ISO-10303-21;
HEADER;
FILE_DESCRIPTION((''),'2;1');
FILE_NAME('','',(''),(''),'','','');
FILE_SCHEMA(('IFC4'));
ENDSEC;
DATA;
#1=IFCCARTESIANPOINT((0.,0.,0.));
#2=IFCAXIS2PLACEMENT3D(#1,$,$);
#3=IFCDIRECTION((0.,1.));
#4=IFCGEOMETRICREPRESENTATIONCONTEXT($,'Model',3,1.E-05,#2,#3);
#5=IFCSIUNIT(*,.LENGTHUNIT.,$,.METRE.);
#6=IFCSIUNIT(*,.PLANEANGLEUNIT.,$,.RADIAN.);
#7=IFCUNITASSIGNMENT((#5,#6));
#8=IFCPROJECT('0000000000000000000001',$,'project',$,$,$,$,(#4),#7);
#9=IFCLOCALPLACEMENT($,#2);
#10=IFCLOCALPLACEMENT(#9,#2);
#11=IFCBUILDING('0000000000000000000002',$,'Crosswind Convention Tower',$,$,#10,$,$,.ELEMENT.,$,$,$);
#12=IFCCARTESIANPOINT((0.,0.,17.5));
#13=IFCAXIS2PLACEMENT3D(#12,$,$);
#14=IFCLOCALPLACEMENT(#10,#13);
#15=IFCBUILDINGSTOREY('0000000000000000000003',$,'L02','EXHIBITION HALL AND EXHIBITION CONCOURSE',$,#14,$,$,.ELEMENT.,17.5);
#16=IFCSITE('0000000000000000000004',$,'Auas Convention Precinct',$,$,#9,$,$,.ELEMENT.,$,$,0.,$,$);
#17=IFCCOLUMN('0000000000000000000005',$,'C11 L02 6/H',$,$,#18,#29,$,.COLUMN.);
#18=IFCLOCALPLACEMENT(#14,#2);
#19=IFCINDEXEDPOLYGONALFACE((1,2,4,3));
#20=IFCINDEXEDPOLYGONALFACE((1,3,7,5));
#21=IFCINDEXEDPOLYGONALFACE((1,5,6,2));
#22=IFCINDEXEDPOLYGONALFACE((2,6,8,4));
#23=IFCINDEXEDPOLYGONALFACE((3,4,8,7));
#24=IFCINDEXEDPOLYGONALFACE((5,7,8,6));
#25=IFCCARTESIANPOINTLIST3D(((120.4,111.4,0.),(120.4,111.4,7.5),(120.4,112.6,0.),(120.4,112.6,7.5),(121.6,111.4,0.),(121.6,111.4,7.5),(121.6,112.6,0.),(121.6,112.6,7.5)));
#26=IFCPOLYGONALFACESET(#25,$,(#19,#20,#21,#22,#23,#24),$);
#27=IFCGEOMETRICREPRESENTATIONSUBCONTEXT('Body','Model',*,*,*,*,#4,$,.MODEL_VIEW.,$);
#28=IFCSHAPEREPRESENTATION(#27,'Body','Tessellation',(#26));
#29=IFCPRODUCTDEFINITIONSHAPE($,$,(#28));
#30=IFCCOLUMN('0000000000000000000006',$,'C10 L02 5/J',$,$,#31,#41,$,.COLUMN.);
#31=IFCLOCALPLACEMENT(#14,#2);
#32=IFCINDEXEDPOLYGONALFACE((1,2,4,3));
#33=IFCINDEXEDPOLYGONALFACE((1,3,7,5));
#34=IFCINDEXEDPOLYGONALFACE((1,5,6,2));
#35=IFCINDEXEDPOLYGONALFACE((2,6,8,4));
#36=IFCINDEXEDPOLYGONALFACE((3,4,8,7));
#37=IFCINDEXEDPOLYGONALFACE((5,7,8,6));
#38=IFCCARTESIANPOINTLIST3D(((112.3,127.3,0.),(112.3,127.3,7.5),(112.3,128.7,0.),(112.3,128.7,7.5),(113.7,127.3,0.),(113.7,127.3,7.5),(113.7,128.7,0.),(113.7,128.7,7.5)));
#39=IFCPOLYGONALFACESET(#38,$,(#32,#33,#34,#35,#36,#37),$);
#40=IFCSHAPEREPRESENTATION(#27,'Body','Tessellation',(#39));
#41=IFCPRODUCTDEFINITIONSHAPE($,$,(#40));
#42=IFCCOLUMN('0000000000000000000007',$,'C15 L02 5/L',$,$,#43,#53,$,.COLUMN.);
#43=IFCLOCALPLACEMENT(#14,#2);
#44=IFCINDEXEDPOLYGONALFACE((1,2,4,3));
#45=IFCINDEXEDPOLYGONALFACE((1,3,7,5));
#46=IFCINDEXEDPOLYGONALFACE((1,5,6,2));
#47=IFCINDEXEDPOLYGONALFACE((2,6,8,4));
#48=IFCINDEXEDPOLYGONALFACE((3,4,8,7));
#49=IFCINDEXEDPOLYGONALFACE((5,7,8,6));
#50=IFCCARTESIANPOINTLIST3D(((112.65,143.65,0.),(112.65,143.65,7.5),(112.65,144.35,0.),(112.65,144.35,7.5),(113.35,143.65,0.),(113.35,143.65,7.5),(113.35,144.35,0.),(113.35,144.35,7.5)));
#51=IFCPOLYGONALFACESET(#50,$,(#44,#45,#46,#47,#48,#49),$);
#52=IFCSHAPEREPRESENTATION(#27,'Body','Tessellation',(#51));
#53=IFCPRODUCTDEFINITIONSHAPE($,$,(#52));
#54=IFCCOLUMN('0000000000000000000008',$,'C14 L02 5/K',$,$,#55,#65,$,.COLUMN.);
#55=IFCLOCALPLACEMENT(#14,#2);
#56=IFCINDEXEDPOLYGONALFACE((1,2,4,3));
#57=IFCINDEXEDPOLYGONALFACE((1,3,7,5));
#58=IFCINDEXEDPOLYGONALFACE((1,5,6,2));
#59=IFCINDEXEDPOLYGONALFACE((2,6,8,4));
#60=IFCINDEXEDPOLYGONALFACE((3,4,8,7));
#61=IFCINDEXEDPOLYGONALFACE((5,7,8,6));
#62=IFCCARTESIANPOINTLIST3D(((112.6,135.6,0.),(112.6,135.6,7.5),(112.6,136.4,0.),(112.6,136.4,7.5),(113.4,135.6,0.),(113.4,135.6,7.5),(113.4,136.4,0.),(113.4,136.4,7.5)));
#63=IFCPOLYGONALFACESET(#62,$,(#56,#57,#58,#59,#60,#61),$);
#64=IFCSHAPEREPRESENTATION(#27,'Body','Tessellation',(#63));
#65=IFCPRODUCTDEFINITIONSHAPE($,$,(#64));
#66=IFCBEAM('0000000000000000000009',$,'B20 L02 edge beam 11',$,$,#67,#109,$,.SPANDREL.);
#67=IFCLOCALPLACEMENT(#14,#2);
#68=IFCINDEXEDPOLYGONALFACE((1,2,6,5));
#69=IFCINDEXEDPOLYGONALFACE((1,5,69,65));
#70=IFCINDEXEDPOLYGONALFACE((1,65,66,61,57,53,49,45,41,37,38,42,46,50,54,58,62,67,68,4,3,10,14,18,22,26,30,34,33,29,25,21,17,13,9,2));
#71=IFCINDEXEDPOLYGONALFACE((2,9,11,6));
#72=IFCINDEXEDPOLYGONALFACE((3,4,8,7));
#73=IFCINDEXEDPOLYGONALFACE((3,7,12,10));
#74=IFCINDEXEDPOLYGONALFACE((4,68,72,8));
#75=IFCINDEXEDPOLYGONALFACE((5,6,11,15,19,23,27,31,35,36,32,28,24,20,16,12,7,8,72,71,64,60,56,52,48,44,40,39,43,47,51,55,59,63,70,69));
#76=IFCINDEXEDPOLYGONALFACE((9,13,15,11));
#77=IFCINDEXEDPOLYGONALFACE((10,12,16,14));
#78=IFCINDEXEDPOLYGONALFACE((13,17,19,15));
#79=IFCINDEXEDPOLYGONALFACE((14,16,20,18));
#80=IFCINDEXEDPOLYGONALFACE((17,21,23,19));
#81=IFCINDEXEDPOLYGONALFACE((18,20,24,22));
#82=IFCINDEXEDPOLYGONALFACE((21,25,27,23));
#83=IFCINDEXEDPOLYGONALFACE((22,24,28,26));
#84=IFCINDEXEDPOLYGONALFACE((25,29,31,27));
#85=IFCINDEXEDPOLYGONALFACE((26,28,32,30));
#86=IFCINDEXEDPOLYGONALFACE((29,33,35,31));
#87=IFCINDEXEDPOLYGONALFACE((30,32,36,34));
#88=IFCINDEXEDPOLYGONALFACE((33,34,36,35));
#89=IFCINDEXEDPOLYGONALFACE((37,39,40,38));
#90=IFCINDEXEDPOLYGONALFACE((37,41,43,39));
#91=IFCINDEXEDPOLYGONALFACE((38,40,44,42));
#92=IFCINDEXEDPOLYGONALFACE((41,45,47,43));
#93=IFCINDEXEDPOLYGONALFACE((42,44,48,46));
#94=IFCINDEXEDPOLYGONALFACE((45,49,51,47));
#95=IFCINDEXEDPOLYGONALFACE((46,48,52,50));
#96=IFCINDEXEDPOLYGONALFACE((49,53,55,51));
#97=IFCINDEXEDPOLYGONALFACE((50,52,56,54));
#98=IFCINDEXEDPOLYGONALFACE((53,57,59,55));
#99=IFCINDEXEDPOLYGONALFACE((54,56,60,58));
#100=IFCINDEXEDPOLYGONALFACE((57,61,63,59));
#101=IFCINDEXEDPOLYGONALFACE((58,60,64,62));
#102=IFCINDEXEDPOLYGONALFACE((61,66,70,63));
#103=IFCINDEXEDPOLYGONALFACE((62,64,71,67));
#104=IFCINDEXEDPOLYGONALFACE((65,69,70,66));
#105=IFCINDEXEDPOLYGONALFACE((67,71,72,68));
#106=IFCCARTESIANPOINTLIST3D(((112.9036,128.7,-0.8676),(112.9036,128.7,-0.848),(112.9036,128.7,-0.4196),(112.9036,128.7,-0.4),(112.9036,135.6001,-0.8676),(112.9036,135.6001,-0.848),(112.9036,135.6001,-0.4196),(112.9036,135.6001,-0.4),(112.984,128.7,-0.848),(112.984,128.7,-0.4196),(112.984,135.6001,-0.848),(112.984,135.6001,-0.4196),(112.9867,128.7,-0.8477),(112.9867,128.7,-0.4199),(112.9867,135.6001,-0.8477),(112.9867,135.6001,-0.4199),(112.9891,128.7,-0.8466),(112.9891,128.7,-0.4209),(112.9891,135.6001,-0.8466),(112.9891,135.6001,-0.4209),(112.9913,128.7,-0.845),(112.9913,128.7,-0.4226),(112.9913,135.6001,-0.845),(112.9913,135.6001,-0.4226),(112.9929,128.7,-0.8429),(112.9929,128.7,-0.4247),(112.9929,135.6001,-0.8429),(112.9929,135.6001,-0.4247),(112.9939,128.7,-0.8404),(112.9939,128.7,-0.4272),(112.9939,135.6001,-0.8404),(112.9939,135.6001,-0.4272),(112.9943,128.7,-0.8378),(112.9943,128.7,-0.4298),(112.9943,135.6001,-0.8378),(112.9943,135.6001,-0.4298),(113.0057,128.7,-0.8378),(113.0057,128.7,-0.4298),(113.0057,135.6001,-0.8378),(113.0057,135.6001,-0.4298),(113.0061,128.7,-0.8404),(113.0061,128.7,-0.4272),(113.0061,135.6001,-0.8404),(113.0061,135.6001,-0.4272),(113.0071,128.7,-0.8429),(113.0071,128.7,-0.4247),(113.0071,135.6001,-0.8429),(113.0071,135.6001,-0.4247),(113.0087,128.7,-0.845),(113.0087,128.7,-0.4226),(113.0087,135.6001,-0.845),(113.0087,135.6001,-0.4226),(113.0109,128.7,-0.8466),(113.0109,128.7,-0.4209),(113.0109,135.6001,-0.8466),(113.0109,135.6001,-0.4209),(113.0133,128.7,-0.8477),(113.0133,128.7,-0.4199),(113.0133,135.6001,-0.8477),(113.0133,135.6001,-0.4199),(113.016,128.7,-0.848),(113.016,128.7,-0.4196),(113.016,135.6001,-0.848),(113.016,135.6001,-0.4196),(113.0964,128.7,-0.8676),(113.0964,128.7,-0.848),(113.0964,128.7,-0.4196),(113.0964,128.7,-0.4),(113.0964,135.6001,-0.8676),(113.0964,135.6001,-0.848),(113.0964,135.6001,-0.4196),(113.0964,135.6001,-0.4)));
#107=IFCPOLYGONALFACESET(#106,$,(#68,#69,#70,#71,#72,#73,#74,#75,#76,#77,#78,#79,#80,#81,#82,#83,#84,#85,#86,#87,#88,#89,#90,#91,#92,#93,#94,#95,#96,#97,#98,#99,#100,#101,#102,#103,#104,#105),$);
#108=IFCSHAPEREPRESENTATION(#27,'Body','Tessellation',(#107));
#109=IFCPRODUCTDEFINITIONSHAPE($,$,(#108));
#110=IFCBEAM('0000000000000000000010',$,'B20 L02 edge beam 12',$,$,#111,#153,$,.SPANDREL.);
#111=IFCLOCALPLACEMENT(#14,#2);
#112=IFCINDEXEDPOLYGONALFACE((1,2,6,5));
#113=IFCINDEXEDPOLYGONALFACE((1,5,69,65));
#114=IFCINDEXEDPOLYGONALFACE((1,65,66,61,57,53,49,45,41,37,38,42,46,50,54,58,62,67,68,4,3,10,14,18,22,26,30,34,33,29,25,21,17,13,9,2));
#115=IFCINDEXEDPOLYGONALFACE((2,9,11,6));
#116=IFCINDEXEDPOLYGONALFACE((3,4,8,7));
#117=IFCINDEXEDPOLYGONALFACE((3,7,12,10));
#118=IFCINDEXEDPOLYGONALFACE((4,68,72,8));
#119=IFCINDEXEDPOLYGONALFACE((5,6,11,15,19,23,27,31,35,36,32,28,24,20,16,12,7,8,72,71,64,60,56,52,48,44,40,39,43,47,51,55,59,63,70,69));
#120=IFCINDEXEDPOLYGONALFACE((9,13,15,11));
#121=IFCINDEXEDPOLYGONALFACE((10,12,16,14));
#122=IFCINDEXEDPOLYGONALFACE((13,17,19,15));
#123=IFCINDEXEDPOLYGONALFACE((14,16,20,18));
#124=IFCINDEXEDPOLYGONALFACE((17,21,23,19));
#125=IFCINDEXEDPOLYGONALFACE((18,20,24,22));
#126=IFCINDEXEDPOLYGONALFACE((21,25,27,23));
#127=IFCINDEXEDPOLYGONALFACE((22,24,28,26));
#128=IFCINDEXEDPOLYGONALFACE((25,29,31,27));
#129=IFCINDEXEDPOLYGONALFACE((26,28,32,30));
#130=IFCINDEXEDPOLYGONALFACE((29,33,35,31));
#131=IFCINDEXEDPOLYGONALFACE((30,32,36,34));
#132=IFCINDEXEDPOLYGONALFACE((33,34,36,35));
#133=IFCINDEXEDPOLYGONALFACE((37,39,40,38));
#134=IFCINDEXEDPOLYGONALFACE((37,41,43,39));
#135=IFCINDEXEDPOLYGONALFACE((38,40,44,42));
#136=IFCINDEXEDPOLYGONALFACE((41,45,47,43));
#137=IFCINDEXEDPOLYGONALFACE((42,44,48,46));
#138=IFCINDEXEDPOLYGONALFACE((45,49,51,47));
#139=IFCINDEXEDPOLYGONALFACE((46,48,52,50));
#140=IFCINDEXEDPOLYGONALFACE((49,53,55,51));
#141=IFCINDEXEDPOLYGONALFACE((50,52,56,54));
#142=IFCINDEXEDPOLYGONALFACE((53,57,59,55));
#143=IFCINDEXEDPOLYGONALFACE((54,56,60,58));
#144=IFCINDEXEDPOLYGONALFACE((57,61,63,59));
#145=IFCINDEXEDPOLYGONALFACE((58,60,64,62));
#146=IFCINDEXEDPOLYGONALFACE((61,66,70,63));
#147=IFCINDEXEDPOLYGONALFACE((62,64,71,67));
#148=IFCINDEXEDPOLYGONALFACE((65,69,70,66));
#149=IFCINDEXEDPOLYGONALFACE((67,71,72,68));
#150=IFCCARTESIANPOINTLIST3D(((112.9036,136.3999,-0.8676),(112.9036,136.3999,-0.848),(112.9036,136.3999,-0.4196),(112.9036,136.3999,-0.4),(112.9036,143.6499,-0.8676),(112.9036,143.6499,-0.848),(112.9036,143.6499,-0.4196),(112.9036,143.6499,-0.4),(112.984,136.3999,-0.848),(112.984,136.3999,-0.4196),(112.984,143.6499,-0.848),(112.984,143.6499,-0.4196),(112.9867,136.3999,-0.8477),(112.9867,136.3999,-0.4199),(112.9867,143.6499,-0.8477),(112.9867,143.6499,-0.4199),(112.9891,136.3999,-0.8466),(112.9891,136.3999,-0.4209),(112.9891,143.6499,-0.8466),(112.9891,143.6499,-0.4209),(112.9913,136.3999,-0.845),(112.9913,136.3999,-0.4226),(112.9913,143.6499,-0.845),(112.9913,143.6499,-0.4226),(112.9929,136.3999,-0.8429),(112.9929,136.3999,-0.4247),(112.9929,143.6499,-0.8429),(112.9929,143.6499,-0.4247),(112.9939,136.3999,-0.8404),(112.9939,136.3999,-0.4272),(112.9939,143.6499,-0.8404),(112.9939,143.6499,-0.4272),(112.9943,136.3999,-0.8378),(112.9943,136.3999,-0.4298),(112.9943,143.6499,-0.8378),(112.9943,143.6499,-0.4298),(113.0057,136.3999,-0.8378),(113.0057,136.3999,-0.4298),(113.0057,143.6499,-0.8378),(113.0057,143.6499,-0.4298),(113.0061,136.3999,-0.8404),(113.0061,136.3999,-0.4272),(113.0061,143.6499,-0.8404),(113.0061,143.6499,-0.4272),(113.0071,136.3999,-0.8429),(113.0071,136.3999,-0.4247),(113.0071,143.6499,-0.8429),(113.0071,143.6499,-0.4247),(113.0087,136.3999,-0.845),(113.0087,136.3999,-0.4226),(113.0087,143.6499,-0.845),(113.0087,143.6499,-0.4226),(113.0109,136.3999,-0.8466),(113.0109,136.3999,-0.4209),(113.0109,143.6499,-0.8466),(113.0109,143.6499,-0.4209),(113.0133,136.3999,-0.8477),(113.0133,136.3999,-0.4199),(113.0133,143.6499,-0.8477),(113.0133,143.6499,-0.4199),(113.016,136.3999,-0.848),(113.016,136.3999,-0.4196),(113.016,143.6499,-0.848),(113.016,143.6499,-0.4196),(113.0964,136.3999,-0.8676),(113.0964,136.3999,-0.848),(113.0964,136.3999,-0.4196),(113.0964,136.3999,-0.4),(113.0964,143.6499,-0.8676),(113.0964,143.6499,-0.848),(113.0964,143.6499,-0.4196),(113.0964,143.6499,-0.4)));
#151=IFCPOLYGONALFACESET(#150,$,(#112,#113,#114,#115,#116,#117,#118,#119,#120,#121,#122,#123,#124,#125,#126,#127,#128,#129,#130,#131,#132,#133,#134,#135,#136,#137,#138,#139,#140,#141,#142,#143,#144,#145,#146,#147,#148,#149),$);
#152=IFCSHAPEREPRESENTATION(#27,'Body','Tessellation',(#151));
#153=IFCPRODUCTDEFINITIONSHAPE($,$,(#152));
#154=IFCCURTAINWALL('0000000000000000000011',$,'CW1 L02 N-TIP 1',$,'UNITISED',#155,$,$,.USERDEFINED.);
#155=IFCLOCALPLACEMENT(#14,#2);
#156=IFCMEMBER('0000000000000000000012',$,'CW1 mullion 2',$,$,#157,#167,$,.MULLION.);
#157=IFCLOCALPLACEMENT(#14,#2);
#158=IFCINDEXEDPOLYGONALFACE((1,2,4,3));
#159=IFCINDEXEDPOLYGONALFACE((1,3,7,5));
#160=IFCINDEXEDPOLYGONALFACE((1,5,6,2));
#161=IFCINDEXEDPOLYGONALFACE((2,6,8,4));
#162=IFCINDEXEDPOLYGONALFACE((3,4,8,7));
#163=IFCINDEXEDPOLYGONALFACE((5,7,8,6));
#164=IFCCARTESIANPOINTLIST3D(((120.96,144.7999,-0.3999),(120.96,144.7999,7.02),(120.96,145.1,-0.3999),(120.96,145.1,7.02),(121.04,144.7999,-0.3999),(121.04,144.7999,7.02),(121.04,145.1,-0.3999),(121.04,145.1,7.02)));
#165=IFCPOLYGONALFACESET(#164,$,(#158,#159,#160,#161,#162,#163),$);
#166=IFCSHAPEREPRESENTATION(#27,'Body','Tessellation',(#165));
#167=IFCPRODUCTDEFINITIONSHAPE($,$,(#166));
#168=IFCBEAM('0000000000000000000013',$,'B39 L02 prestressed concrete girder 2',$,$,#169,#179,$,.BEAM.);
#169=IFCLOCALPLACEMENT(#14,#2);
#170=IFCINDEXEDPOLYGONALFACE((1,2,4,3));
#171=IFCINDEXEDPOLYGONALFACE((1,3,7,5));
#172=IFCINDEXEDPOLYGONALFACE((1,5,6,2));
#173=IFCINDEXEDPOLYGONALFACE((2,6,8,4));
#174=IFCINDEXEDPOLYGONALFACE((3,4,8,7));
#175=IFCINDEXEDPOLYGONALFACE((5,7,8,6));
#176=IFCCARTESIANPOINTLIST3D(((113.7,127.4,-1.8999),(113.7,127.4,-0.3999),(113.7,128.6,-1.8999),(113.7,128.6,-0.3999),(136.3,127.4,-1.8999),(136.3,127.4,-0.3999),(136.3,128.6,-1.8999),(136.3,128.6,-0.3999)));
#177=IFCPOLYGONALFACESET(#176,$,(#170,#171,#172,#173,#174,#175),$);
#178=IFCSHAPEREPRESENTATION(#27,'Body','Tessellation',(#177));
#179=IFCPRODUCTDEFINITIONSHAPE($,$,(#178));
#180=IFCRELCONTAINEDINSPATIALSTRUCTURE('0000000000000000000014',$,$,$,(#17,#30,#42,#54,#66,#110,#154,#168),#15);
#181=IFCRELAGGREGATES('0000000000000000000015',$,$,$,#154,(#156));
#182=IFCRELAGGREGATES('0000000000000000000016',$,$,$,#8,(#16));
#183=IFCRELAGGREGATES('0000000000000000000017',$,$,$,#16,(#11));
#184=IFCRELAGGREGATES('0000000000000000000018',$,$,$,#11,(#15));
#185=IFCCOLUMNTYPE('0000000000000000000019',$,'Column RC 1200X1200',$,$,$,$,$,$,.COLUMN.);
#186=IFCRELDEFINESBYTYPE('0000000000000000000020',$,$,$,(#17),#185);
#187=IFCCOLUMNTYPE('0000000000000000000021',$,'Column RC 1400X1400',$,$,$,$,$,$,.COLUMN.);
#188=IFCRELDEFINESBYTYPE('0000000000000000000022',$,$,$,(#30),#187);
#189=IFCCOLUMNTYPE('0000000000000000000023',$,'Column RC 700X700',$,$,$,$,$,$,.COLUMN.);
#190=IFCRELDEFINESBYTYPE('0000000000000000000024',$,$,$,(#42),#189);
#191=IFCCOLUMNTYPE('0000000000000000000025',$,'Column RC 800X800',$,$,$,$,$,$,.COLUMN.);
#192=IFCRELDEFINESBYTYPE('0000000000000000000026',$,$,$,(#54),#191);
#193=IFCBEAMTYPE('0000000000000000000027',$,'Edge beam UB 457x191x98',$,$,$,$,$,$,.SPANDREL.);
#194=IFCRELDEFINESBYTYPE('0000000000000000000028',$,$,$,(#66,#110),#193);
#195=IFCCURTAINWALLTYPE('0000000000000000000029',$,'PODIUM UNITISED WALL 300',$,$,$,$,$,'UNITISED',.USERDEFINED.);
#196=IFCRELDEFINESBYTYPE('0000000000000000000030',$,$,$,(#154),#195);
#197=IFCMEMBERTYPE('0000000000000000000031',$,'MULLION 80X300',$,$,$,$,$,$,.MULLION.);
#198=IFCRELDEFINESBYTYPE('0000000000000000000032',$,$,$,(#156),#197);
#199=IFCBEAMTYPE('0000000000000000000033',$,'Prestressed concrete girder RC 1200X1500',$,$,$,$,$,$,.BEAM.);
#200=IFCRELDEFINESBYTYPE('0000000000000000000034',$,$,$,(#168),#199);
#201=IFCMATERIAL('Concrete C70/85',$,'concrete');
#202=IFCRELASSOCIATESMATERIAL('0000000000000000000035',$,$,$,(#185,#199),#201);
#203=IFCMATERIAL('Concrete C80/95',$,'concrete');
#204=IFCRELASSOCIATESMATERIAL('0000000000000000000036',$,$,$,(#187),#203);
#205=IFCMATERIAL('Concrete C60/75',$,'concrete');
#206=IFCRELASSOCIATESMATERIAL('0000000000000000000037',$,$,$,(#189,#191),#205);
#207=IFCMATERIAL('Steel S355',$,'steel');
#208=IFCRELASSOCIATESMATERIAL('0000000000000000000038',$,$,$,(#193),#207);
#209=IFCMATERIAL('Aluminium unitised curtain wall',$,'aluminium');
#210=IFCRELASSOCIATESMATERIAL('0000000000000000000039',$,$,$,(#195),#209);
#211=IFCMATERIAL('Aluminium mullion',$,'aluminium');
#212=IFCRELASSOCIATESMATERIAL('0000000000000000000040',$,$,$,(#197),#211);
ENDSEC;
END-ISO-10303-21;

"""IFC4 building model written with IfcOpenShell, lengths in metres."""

from ifc_helpers import new_model, si_unit, direction, frame, origin, origin_2d, place, context, subcontext, project, spatial, rectangle, i_section, extrude, material, material_profile, profile_set, type_object, element, aggregate, save


model = new_model("IFC4")

# Units and contexts
model_context = context("Model", 3, precision=1e-05, world=origin(), true_north=direction((0.0, 1.0)))
body_context = subcontext(model_context, "Body", "Model", "MODEL_VIEW")
ifc_project = project(units=[si_unit("LENGTHUNIT", "METRE"), si_unit("PLANEANGLEUNIT", "RADIAN")], contexts=[model_context])

# Site, building, storey
site_placement = place(None, origin())
site = spatial("IfcSite", under=ifc_project, at=site_placement, Name="Auas Convention Precinct", CompositionType="ELEMENT", RefElevation=0.0)
building_placement = place(site_placement, origin())
building = spatial("IfcBuilding", under=site, at=building_placement, Name="Crosswind Convention Tower", CompositionType="ELEMENT")
storey_placement = place(building_placement, frame((0.0, 0.0, 17.5)))
storey = spatial("IfcBuildingStorey", under=building, at=storey_placement, Name="L02", Description="EXHIBITION HALL AND EXHIBITION CONCOURSE", CompositionType="ELEMENT", Elevation=17.5)

# Columns
ifc_material_1 = material(Name="Concrete C70/85", Category="concrete")
ifc_material_profile_1 = material_profile(ifc_material_1, rectangle(XDim=1.2, YDim=1.2, at=origin_2d()), Name="RC 1200X1200")
ifc_profile_set_1 = profile_set([ifc_material_profile_1], Name="Concrete C70/85")
column_type_1 = type_object("IfcColumnType", Name="Column RC 1200X1200", PredefinedType="COLUMN", material=ifc_profile_set_1)
column_1_placement = place(storey_placement, frame((121.0, 112.0, 0.0), z_axis=(0.0, 0.0, 1.0), x_axis=(1.0, 0.0, 0.0)))
element("IfcColumn", 1, at=column_1_placement, inside=storey, type_object=column_type_1, Name="C11 L02 6/H", PredefinedType="COLUMN", context=body_context, shape_type="SweptSolid", body=[
    extrude(rectangle(XDim=1.2, YDim=1.2, at=origin_2d()), origin(), (0.0, 0.0, 1.0), 7.5),
])
ifc_material_2 = material(Name="Concrete C80/95", Category="concrete")
ifc_material_profile_2 = material_profile(ifc_material_2, rectangle(XDim=1.3999, YDim=1.3999, at=origin_2d()), Name="RC 1400X1400")
ifc_profile_set_2 = profile_set([ifc_material_profile_2], Name="Concrete C80/95")
column_type_2 = type_object("IfcColumnType", Name="Column RC 1400X1400", PredefinedType="COLUMN", material=ifc_profile_set_2)
column_2_placement = place(storey_placement, frame((113.0, 128.0, 0.0), z_axis=(0.0, 0.0, 1.0), x_axis=(1.0, 0.0, 0.0)))
element("IfcColumn", 2, at=column_2_placement, inside=storey, type_object=column_type_2, Name="C10 L02 5/J", PredefinedType="COLUMN", context=body_context, shape_type="SweptSolid", body=[
    extrude(rectangle(XDim=1.3999, YDim=1.3999, at=origin_2d()), origin(), (0.0, 0.0, 1.0), 7.5),
])
ifc_material_3 = material(Name="Concrete C60/75", Category="concrete")
ifc_material_profile_3 = material_profile(ifc_material_3, rectangle(XDim=0.7, YDim=0.7, at=origin_2d()), Name="RC 700X700")
ifc_profile_set_3 = profile_set([ifc_material_profile_3], Name="Concrete C60/75")
column_type_3 = type_object("IfcColumnType", Name="Column RC 700X700", PredefinedType="COLUMN", material=ifc_profile_set_3)
column_3_placement = place(storey_placement, frame((113.0, 144.0, 0.0), z_axis=(0.0, 0.0, 1.0), x_axis=(1.0, 0.0, 0.0)))
element("IfcColumn", 3, at=column_3_placement, inside=storey, type_object=column_type_3, Name="C15 L02 5/L", PredefinedType="COLUMN", context=body_context, shape_type="SweptSolid", body=[
    extrude(rectangle(XDim=0.7, YDim=0.7, at=origin_2d()), origin(), (0.0, 0.0, 1.0), 7.5),
])
ifc_material_profile_4 = material_profile(ifc_material_3, rectangle(XDim=0.8, YDim=0.8, at=origin_2d()), Name="RC 800X800")
ifc_profile_set_4 = profile_set([ifc_material_profile_4], Name="Concrete C60/75")
column_type_4 = type_object("IfcColumnType", Name="Column RC 800X800", PredefinedType="COLUMN", material=ifc_profile_set_4)
column_4_placement = place(storey_placement, frame((113.0, 136.0, 0.0), z_axis=(0.0, 0.0, 1.0), x_axis=(1.0, 0.0, 0.0)))
element("IfcColumn", 4, at=column_4_placement, inside=storey, type_object=column_type_4, Name="C14 L02 5/K", PredefinedType="COLUMN", context=body_context, shape_type="SweptSolid", body=[
    extrude(rectangle(XDim=0.8, YDim=0.8, at=origin_2d()), origin(), (0.0, 0.0, 1.0), 7.5),
])

# Beams
ifc_material_4 = material(Name="Steel S355", Category="steel")
ifc_material_profile_5 = material_profile(ifc_material_4, i_section(OverallWidth=0.1929, OverallDepth=0.4675, WebThickness=0.0115, FlangeThickness=0.0195, FilletRadius=0.0103, at=origin_2d()), Name="UB 457x191x98")
ifc_profile_set_5 = profile_set([ifc_material_profile_5], Name="Steel S355")
beam_type_1 = type_object("IfcBeamType", Name="Edge beam UB 457x191x98", PredefinedType="SPANDREL", material=ifc_profile_set_5)
beam_1_placement = place(storey_placement, frame((113.0, 128.7, -0.6338), z_axis=(0.0, 1.0, 0.0), x_axis=(-1.0, 0.0, 0.0)))
element("IfcBeam", 5, at=beam_1_placement, inside=storey, type_object=beam_type_1, Name="B20 L02 edge beam 11", PredefinedType="SPANDREL", context=body_context, shape_type="SweptSolid", body=[
    extrude(i_section(OverallWidth=0.1929, OverallDepth=0.4675, WebThickness=0.0115, FlangeThickness=0.0195, FilletRadius=0.0103, at=origin_2d()), origin(), (0.0, 0.0, 1.0), 6.9001),
])
beam_2_placement = place(storey_placement, frame((113.0, 136.3999, -0.6338), z_axis=(0.0, 1.0, 0.0), x_axis=(-1.0, 0.0, 0.0)))
element("IfcBeam", 6, at=beam_2_placement, inside=storey, type_object=beam_type_1, Name="B20 L02 edge beam 12", PredefinedType="SPANDREL", context=body_context, shape_type="SweptSolid", body=[
    extrude(i_section(OverallWidth=0.1929, OverallDepth=0.4675, WebThickness=0.0115, FlangeThickness=0.0195, FilletRadius=0.0103, at=origin_2d()), origin(), (0.0, 0.0, 1.0), 7.25),
])

# Curtain wall, member
ifc_material_5 = material(Name="Aluminium unitised curtain wall", Category="aluminium")
curtain_wall_type = type_object("IfcCurtainWallType", Name="PODIUM UNITISED WALL 300", ElementType="UNITISED", PredefinedType="USERDEFINED", material=ifc_material_5)
curtain_wall_placement = place(storey_placement, origin())
curtain_wall = element("IfcCurtainWall", 7, at=curtain_wall_placement, inside=storey, type_object=curtain_wall_type, Name="CW1 L02 N-TIP 1", ObjectType="UNITISED", PredefinedType="USERDEFINED")
ifc_material_6 = material(Name="Aluminium mullion", Category="aluminium")
ifc_material_profile_6 = material_profile(ifc_material_6, rectangle(XDim=0.3, YDim=0.0801, at=origin_2d()), Name="AL 300X80")
ifc_profile_set_6 = profile_set([ifc_material_profile_6], Name="Aluminium mullion")
member_type = type_object("IfcMemberType", Name="MULLION 80X300", PredefinedType="MULLION", material=ifc_profile_set_6)
member_placement = place(storey_placement, frame((121.0, 144.95, -0.3999), z_axis=(0.0, 0.0, 1.0), x_axis=(0.0, 1.0, 0.0)))
member = element("IfcMember", 8, at=member_placement, type_object=member_type, Name="CW1 mullion 2", PredefinedType="MULLION", context=body_context, shape_type="SweptSolid", body=[
    extrude(rectangle(XDim=0.3, YDim=0.0801, at=origin_2d()), origin(), (0.0, 0.0, 1.0), 7.4199),
])
aggregate(curtain_wall, [member])

# Beam
ifc_material_profile_7 = material_profile(ifc_material_1, rectangle(XDim=1.2, YDim=1.5, at=origin_2d()), Name="RC 1200X1500")
ifc_profile_set_7 = profile_set([ifc_material_profile_7], Name="Concrete C70/85")
beam_type_2 = type_object("IfcBeamType", Name="Prestressed concrete girder RC 1200X1500", PredefinedType="BEAM", material=ifc_profile_set_7)
beam_3_placement = place(storey_placement, frame((113.7, 128.0, -1.1499), z_axis=(1.0, 0.0, 0.0), x_axis=(0.0, 1.0, 0.0)))
element("IfcBeam", 9, at=beam_3_placement, inside=storey, type_object=beam_type_2, Name="B39 L02 prestressed concrete girder 2", PredefinedType="BEAM", context=body_context, shape_type="SweptSolid", body=[
    extrude(rectangle(XDim=1.2, YDim=1.5, at=origin_2d()), origin(), (0.0, 0.0, 1.0), 22.6001),
])

save(model, "model.ifc")
